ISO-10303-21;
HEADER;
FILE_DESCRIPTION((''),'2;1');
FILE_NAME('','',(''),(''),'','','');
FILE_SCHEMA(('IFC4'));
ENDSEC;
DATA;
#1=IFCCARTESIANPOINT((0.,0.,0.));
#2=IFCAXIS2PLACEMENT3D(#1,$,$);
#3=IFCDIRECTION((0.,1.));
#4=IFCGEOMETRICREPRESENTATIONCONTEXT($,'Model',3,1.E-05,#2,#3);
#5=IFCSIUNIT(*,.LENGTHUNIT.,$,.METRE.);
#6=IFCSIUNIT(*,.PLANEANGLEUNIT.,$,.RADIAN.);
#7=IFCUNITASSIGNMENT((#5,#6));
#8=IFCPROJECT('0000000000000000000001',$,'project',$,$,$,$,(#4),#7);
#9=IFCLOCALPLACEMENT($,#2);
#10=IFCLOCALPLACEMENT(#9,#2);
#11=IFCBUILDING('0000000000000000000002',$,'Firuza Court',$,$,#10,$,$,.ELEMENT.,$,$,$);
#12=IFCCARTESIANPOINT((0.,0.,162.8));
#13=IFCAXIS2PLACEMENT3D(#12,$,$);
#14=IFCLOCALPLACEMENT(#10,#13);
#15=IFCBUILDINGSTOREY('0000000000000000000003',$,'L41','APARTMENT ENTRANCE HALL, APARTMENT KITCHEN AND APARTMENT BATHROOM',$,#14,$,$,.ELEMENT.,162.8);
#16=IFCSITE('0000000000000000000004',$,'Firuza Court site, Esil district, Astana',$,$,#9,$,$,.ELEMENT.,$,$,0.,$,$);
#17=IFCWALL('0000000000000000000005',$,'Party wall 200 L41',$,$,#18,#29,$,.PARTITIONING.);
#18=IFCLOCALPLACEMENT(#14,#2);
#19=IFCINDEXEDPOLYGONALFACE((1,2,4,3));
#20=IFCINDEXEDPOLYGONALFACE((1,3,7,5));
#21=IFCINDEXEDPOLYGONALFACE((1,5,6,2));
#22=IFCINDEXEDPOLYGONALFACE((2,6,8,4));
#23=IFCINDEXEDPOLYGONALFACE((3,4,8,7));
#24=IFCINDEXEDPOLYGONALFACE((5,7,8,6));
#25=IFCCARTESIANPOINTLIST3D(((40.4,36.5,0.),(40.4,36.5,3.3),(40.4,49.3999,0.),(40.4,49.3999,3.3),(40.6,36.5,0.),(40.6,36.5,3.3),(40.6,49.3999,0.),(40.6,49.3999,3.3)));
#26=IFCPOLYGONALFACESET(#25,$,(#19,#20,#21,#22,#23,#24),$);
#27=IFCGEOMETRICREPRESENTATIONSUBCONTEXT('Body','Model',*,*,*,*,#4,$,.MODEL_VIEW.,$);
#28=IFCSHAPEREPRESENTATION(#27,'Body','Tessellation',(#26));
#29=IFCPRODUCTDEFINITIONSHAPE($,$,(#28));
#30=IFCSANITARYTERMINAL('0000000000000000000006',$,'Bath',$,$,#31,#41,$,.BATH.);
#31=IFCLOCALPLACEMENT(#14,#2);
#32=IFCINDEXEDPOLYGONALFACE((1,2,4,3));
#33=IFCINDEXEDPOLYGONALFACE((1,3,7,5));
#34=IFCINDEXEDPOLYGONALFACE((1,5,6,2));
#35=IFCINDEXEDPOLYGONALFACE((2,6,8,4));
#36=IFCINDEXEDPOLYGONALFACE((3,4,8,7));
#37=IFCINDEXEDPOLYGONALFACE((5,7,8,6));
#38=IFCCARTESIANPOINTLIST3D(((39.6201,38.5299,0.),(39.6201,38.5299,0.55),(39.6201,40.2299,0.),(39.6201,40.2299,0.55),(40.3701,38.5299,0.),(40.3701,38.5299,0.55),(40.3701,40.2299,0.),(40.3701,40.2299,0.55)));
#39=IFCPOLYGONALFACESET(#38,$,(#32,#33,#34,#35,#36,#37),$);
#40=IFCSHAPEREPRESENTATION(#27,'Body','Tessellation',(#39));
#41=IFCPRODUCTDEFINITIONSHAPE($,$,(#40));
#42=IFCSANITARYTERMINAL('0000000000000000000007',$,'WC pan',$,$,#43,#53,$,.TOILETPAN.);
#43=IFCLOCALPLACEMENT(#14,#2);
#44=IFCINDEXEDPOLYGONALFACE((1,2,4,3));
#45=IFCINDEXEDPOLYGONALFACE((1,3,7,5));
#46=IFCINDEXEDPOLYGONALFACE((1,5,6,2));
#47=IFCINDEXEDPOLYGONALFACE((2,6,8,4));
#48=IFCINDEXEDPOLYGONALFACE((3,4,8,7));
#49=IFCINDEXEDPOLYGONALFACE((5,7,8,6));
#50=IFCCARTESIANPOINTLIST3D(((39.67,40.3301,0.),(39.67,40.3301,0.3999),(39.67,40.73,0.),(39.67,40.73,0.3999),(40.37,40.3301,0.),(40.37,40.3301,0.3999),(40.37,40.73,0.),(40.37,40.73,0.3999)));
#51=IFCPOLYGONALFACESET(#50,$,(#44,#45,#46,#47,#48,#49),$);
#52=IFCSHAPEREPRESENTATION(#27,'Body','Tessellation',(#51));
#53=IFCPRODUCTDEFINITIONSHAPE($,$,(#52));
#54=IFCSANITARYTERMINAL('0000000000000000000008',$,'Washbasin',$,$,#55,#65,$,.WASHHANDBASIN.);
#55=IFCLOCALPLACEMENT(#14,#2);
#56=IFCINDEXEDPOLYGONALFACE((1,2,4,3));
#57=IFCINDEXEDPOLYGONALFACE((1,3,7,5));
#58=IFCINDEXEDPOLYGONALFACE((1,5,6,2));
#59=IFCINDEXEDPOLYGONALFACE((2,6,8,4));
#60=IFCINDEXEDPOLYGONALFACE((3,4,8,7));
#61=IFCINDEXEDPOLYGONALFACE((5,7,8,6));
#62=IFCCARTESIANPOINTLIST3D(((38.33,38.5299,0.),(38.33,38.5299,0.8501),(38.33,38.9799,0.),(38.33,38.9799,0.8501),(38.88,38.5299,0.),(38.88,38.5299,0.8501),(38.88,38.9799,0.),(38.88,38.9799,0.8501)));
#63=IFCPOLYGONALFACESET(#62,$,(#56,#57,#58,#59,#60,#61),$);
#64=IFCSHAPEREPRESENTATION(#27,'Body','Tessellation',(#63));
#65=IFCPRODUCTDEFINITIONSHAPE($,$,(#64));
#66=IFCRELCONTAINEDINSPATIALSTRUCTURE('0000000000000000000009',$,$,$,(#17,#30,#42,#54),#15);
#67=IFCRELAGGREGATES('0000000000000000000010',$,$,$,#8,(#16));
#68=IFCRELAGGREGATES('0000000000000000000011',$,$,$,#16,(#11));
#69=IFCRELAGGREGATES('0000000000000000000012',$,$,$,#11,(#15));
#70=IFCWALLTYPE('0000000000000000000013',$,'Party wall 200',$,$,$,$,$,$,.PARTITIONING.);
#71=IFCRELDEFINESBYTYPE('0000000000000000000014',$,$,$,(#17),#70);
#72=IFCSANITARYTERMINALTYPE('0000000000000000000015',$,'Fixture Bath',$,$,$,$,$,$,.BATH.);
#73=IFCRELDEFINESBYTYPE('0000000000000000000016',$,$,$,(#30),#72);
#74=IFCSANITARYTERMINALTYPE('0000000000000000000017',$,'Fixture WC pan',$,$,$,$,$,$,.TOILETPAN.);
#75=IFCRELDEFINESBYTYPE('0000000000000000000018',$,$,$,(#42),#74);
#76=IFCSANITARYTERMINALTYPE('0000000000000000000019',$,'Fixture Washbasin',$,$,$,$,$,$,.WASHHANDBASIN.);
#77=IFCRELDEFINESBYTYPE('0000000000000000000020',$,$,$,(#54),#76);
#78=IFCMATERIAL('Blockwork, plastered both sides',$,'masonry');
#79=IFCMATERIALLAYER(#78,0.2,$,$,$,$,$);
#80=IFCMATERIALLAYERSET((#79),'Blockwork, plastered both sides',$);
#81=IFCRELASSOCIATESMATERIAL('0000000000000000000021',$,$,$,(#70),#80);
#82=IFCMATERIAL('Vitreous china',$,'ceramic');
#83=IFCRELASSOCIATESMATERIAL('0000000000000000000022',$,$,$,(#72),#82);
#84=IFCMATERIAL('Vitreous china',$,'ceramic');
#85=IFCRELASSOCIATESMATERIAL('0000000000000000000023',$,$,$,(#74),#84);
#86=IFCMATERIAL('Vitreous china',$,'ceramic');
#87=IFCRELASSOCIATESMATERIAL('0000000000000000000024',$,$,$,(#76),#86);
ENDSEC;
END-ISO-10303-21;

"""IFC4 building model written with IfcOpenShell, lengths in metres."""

from ifc_helpers import new_model, si_unit, direction, frame, frame_2d, origin, origin_2d, place, context, subcontext, project, spatial, rectangle, extrude, material, layer, layer_set, type_object, element, save


model = new_model("IFC4")

# Units and contexts
model_context = context("Model", 3, precision=1e-05, world=origin(), true_north=direction((0.0, 1.0)))
body_context = subcontext(model_context, "Body", "Model", "MODEL_VIEW")
ifc_project = project(units=[si_unit("LENGTHUNIT", "METRE"), si_unit("PLANEANGLEUNIT", "RADIAN")], contexts=[model_context])

# Site, building, storey
site_placement = place(None, origin())
site = spatial("IfcSite", under=ifc_project, at=site_placement, Name="Firuza Court site, Esil district, Astana", CompositionType="ELEMENT", RefElevation=0.0)
building_placement = place(site_placement, origin())
building = spatial("IfcBuilding", under=site, at=building_placement, Name="Firuza Court", CompositionType="ELEMENT")
storey_placement = place(building_placement, frame((0.0, 0.0, 162.8)))
storey = spatial("IfcBuildingStorey", under=building, at=storey_placement, Name="L41", Description="APARTMENT ENTRANCE HALL, APARTMENT KITCHEN AND APARTMENT BATHROOM", CompositionType="ELEMENT", Elevation=162.8)

# Shared definitions
ifc_material_1 = material(Name="Blockwork, plastered both sides", Category="masonry")

# Wall
ifc_layer_1 = layer(ifc_material_1, 0.2)
ifc_layer_set_1 = layer_set([ifc_layer_1], Name="Blockwork, plastered both sides")
wall_type_1 = type_object("IfcWallType", Name="Party wall 200", PredefinedType="PARTITIONING", material=ifc_layer_set_1)
wall_1_placement = place(storey_placement, frame((40.5, 36.5, 0.0), z_axis=(0.0, 0.0, 1.0), x_axis=(0.0, 1.0, 0.0)))
element("IfcWall", 1, at=wall_1_placement, inside=storey, type_object=wall_type_1, Name="Party wall 200 L41", PredefinedType="PARTITIONING", context=body_context, shape_type="SweptSolid", body=[
    extrude(rectangle(XDim=12.8999, YDim=0.2, at=frame_2d((6.45, 0.0))), origin(), (0.0, 0.0, 1.0), 3.3),
])

# Sanitary terminals
ifc_material_2 = material(Name="Vitreous china", Category="ceramic")
sanitary_terminal_type_1 = type_object("IfcSanitaryTerminalType", Name="Fixture Bath", PredefinedType="BATH", material=ifc_material_2)
sanitary_terminal_1_placement = place(storey_placement, frame((39.9951, 39.3799, 0.0), z_axis=(0.0, 0.0, 1.0), x_axis=(1.0, 0.0, 0.0)))
element("IfcSanitaryTerminal", 2, at=sanitary_terminal_1_placement, inside=storey, type_object=sanitary_terminal_type_1, Name="Bath", PredefinedType="BATH", context=body_context, shape_type="SweptSolid", body=[
    extrude(rectangle(XDim=0.75, YDim=1.7, at=origin_2d()), origin(), (0.0, 0.0, 1.0), 0.55),
])
ifc_material_3 = material(Name="Vitreous china", Category="ceramic")
sanitary_terminal_type_2 = type_object("IfcSanitaryTerminalType", Name="Fixture WC pan", PredefinedType="TOILETPAN", material=ifc_material_3)
sanitary_terminal_2_placement = place(storey_placement, frame((40.02, 40.53, 0.0), z_axis=(0.0, 0.0, 1.0), x_axis=(1.0, 0.0, 0.0)))
element("IfcSanitaryTerminal", 3, at=sanitary_terminal_2_placement, inside=storey, type_object=sanitary_terminal_type_2, Name="WC pan", PredefinedType="TOILETPAN", context=body_context, shape_type="SweptSolid", body=[
    extrude(rectangle(XDim=0.7, YDim=0.3999, at=origin_2d()), origin(), (0.0, 0.0, 1.0), 0.3999),
])
ifc_material_4 = material(Name="Vitreous china", Category="ceramic")
sanitary_terminal_type_3 = type_object("IfcSanitaryTerminalType", Name="Fixture Washbasin", PredefinedType="WASHHANDBASIN", material=ifc_material_4)
sanitary_terminal_3_placement = place(storey_placement, frame((38.605, 38.7549, 0.0), z_axis=(0.0, 0.0, 1.0), x_axis=(1.0, 0.0, 0.0)))
element("IfcSanitaryTerminal", 4, at=sanitary_terminal_3_placement, inside=storey, type_object=sanitary_terminal_type_3, Name="Washbasin", PredefinedType="WASHHANDBASIN", context=body_context, shape_type="SweptSolid", body=[
    extrude(rectangle(XDim=0.55, YDim=0.45, at=origin_2d()), origin(), (0.0, 0.0, 1.0), 0.8501),
])

save(model, "model.ifc")
